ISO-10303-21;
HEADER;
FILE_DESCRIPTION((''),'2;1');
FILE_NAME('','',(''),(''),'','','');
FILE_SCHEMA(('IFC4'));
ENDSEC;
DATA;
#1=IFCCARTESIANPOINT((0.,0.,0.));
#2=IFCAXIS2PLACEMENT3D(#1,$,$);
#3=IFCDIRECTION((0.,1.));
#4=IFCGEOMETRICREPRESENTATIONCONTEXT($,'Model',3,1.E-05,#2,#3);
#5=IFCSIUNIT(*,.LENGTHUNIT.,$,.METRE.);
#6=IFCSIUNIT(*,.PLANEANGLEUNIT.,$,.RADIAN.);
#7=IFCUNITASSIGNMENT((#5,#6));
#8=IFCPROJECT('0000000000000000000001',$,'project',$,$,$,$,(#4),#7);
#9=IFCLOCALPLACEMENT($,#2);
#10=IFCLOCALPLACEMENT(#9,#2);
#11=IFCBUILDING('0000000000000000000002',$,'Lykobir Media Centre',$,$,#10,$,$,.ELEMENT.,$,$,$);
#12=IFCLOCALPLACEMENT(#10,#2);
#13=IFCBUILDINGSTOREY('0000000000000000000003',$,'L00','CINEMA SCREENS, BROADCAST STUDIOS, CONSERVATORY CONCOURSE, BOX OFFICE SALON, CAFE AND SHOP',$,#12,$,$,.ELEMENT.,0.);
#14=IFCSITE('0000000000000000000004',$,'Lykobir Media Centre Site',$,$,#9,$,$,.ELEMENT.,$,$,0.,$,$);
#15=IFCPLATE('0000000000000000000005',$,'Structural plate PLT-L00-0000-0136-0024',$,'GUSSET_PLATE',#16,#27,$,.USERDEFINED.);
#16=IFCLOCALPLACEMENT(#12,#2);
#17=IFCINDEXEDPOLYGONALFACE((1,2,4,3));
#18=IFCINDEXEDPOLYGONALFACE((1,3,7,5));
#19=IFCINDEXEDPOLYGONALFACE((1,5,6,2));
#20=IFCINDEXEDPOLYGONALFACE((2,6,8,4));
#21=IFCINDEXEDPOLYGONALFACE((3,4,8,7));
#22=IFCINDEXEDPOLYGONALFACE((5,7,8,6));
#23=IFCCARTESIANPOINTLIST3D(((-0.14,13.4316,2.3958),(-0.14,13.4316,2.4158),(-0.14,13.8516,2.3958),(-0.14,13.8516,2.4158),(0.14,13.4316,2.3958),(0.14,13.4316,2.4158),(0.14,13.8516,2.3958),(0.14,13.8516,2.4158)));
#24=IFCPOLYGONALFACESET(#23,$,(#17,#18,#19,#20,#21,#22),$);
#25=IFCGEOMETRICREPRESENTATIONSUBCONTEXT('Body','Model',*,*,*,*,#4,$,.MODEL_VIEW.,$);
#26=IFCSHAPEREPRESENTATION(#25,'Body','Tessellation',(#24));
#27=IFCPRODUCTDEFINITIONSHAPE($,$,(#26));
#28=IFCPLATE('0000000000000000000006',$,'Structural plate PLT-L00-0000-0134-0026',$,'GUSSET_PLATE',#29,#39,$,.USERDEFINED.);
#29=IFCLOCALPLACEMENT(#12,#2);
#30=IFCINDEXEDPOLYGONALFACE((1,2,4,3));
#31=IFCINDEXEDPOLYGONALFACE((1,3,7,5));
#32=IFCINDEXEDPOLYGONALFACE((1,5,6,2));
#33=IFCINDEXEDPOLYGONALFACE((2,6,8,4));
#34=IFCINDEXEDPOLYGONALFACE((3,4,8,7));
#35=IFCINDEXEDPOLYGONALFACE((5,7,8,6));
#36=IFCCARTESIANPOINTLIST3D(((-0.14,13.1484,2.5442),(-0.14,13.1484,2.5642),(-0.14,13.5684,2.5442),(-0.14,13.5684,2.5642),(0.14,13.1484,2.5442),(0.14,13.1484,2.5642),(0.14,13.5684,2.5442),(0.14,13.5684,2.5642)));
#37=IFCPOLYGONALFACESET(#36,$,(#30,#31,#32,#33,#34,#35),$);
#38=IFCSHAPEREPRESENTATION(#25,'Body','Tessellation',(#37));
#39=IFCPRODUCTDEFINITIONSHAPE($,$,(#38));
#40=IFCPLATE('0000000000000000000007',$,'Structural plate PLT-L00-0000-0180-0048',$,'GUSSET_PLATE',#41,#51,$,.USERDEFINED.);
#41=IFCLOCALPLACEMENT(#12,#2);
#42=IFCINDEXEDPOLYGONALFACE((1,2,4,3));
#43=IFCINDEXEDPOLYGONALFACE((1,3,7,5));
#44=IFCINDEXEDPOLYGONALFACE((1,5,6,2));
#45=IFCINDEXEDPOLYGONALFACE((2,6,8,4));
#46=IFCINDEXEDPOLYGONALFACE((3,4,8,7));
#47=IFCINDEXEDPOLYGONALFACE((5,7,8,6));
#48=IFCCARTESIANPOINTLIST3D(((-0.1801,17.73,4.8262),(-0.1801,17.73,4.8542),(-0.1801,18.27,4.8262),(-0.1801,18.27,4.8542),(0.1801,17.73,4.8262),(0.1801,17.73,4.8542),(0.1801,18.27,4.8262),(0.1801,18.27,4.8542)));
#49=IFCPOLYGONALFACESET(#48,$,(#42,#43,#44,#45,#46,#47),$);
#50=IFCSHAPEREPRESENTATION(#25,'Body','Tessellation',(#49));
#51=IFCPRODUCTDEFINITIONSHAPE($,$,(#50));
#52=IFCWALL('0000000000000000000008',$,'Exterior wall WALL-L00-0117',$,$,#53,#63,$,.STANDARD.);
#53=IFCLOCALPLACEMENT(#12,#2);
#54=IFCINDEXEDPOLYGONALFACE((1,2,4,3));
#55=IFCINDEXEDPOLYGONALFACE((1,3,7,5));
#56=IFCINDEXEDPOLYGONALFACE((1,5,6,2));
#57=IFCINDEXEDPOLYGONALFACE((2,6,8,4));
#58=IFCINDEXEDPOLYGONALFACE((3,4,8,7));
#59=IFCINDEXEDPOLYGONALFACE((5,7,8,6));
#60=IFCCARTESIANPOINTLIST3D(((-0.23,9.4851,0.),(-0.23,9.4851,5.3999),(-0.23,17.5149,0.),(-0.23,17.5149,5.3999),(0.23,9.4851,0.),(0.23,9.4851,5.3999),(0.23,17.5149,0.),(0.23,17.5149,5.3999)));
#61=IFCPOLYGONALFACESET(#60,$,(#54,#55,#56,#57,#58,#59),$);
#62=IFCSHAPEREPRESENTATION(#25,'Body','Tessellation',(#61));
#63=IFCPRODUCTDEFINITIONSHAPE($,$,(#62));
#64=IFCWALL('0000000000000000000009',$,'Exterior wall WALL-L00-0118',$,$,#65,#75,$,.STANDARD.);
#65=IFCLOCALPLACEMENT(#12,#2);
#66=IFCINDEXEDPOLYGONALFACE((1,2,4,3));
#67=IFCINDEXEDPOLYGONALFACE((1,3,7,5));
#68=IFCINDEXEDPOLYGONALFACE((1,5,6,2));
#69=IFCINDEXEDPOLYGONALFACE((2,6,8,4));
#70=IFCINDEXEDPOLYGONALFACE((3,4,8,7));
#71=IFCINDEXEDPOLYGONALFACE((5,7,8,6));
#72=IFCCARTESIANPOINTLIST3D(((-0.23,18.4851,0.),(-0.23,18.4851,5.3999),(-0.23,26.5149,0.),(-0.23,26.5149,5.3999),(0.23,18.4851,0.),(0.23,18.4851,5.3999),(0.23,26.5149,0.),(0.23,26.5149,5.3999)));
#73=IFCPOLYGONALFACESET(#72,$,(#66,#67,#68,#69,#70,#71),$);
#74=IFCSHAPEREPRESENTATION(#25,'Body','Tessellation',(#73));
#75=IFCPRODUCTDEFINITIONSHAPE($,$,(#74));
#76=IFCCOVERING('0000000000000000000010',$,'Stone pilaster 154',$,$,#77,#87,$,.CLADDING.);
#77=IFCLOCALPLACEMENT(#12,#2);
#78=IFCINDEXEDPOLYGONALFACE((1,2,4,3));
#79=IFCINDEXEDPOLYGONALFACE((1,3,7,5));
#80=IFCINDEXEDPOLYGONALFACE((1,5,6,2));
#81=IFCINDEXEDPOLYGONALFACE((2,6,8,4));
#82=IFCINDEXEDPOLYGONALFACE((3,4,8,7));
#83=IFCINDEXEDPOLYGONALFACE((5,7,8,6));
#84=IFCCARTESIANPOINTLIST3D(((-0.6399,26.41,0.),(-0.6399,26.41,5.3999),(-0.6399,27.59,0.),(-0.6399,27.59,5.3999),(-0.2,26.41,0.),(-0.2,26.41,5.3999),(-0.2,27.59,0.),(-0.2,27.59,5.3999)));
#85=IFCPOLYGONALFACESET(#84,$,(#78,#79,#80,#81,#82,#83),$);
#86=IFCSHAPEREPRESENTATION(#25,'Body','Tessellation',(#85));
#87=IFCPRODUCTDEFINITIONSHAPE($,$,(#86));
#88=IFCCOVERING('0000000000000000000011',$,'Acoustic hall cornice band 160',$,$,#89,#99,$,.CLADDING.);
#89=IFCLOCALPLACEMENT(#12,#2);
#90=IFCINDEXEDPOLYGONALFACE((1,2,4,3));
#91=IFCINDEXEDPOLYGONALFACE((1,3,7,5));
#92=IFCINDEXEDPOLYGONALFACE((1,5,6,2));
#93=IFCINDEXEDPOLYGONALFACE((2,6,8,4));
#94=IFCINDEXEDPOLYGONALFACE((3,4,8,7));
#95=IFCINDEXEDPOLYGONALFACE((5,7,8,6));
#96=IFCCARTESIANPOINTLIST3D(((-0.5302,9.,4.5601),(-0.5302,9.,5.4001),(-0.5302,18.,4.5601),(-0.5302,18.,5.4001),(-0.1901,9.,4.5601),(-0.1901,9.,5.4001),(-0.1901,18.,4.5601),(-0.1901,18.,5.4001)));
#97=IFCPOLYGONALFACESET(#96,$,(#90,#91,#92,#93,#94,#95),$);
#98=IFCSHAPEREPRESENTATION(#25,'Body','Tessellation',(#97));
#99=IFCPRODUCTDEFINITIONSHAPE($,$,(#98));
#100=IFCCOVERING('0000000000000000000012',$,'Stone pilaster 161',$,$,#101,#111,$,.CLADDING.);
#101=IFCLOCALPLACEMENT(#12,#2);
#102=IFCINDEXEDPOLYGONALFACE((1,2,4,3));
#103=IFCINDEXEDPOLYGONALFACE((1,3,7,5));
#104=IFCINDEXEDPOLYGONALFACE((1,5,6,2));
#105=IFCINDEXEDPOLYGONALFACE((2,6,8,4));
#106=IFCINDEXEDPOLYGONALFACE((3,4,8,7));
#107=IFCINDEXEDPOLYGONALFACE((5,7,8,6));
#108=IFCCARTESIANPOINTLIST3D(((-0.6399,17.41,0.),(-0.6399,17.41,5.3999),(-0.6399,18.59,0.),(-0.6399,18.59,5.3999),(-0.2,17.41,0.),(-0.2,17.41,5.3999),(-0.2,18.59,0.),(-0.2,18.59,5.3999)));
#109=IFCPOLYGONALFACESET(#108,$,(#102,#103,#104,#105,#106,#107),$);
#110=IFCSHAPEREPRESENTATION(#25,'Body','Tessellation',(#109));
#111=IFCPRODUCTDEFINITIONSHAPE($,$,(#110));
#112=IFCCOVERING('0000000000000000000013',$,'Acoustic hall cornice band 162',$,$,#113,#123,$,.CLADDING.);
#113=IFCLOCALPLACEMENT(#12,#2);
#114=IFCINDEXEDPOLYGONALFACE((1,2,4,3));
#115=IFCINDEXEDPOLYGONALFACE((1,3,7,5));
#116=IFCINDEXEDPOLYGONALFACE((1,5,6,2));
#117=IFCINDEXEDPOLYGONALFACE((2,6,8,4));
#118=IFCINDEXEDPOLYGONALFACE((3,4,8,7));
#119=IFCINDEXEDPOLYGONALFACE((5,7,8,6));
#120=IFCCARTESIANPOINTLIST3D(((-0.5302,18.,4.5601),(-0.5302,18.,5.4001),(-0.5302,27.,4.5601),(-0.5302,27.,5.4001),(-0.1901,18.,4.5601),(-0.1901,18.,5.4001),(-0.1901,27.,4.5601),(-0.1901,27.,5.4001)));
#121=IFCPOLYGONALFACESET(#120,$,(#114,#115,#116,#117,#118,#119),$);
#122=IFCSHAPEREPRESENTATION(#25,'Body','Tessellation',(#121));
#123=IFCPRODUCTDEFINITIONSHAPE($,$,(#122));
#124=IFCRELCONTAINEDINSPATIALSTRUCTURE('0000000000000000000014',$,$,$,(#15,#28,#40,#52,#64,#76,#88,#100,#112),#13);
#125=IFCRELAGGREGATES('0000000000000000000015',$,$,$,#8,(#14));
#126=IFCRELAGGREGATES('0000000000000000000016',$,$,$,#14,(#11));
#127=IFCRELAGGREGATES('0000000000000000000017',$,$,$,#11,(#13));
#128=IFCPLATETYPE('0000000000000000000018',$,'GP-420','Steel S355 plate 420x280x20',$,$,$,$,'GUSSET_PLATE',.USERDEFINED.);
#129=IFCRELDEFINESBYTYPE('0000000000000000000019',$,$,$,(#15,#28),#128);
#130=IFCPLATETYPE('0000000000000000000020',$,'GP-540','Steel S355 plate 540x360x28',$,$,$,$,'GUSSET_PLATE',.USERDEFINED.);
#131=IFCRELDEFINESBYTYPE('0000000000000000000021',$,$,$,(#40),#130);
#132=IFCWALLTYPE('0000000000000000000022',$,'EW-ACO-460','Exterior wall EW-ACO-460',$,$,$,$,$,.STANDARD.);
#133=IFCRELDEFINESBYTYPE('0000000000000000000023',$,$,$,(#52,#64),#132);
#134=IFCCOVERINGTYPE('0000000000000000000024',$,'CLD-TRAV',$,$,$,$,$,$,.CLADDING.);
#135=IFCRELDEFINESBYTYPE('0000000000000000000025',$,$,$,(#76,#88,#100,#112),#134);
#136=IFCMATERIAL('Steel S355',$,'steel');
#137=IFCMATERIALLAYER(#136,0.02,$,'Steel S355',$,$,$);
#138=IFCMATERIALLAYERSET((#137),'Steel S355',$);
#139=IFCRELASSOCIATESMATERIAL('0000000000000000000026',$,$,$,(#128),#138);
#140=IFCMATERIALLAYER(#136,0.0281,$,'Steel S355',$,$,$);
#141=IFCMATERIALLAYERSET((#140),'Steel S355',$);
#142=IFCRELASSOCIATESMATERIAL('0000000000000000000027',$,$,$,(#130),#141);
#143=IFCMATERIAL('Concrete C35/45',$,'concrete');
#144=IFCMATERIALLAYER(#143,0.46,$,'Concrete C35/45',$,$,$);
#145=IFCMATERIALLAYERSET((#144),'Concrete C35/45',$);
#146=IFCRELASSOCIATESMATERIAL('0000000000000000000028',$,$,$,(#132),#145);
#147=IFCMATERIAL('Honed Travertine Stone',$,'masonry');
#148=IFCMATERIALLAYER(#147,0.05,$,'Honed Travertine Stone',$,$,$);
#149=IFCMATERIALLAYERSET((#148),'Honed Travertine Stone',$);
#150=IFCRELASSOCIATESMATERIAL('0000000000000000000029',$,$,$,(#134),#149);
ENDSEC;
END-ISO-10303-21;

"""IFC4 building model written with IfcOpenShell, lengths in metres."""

from ifc_helpers import new_model, si_unit, direction, frame, frame_2d, origin, origin_2d, place, context, subcontext, project, spatial, rectangle, extrude, material, layer, layer_set, type_object, element, save


model = new_model("IFC4")

# Units and contexts
model_context = context("Model", 3, precision=1e-05, world=origin(), true_north=direction((0.0, 1.0)))
body_context = subcontext(model_context, "Body", "Model", "MODEL_VIEW")
ifc_project = project(units=[si_unit("LENGTHUNIT", "METRE"), si_unit("PLANEANGLEUNIT", "RADIAN")], contexts=[model_context])

# Site, building, storey
site_placement = place(None, origin())
site = spatial("IfcSite", under=ifc_project, at=site_placement, Name="Lykobir Media Centre Site", CompositionType="ELEMENT", RefElevation=0.0)
building_placement = place(site_placement, origin())
building = spatial("IfcBuilding", under=site, at=building_placement, Name="Lykobir Media Centre", CompositionType="ELEMENT")
storey_placement = place(building_placement, origin())
storey = spatial("IfcBuildingStorey", under=building, at=storey_placement, Name="L00", Description="CINEMA SCREENS, BROADCAST STUDIOS, CONSERVATORY CONCOURSE, BOX OFFICE SALON, CAFE AND SHOP", CompositionType="ELEMENT", Elevation=0.0)

# Shared definitions
ifc_material_1 = material(Name="Honed Travertine Stone", Category="masonry")

# Shared definitions
ifc_material_2 = material(Name="Steel S355", Category="steel")

# Plates
ifc_layer_1 = layer(ifc_material_2, 0.02, Name="Steel S355")
ifc_layer_set_1 = layer_set([ifc_layer_1], Name="Steel S355")
plate_type_1 = type_object("IfcPlateType", Name="GP-420", Description="Steel S355 plate 420x280x20", ElementType="GUSSET_PLATE", PredefinedType="USERDEFINED", material=ifc_layer_set_1)
for number, where, z_axis, x_axis, name in (
    (1, (0.0, 13.6416, 2.3958), (0.0, 0.0, 1.0), (0.0, 1.0, 0.0), "Structural plate PLT-L00-0000-0136-0024"),
    (2, (0.0, 13.3584, 2.5442), (0.0, 0.0, 1.0), (0.0, 1.0, 0.0), "Structural plate PLT-L00-0000-0134-0026"),
):
    element("IfcPlate", number, at=place(storey_placement, frame(where, z_axis=z_axis, x_axis=x_axis)), inside=storey, type_object=plate_type_1, Name=name, ObjectType="GUSSET_PLATE", PredefinedType="USERDEFINED", context=body_context, shape_type="SweptSolid", body=[
        extrude(rectangle(XDim=0.4199, YDim=0.28, at=origin_2d()), origin(), (0.0, 0.0, 1.0), 0.02),
    ])
ifc_layer_2 = layer(ifc_material_2, 0.0281, Name="Steel S355")
ifc_layer_set_2 = layer_set([ifc_layer_2], Name="Steel S355")
plate_type_2 = type_object("IfcPlateType", Name="GP-540", Description="Steel S355 plate 540x360x28", ElementType="GUSSET_PLATE", PredefinedType="USERDEFINED", material=ifc_layer_set_2)
plate_placement = place(storey_placement, frame((0.0, 18.0, 4.8262), z_axis=(0.0, 0.0, 1.0), x_axis=(0.0, 1.0, 0.0)))
element("IfcPlate", 3, at=plate_placement, inside=storey, type_object=plate_type_2, Name="Structural plate PLT-L00-0000-0180-0048", ObjectType="GUSSET_PLATE", PredefinedType="USERDEFINED", context=body_context, shape_type="SweptSolid", body=[
    extrude(rectangle(XDim=0.54, YDim=0.3601, at=origin_2d()), origin(), (0.0, 0.0, 1.0), 0.0281),
])

# Walls
ifc_material_3 = material(Name="Concrete C35/45", Category="concrete")
ifc_layer_3 = layer(ifc_material_3, 0.46, Name="Concrete C35/45")
ifc_layer_set_3 = layer_set([ifc_layer_3], Name="Concrete C35/45")
wall_type = type_object("IfcWallType", Name="EW-ACO-460", Description="Exterior wall EW-ACO-460", PredefinedType="STANDARD", material=ifc_layer_set_3)
for number, where, z_axis, x_axis, name in (
    (4, (0.0, 17.5149, 0.0), (0.0, 0.0, 1.0), (0.0, -1.0, 0.0), "Exterior wall WALL-L00-0117"),
    (5, (0.0, 26.5149, 0.0), (0.0, 0.0, 1.0), (0.0, -1.0, 0.0), "Exterior wall WALL-L00-0118"),
):
    element("IfcWall", number, at=place(storey_placement, frame(where, z_axis=z_axis, x_axis=x_axis)), inside=storey, type_object=wall_type, Name=name, PredefinedType="STANDARD", context=body_context, shape_type="SweptSolid", body=[
        extrude(rectangle(XDim=8.0298, YDim=0.46, at=frame_2d((4.0149, 0.0))), origin(), (0.0, 0.0, 1.0), 5.3999),
    ])

# Coverings
ifc_layer_4 = layer(ifc_material_1, 0.05, Name="Honed Travertine Stone")
ifc_layer_set_4 = layer_set([ifc_layer_4], Name="Honed Travertine Stone")
covering_type = type_object("IfcCoveringType", Name="CLD-TRAV", PredefinedType="CLADDING", material=ifc_layer_set_4)
covering_1_placement = place(storey_placement, frame((-0.4199, 27.0, 0.0), z_axis=(0.0, 0.0, 1.0), x_axis=(0.0, -1.0, 0.0)))
element("IfcCovering", 6, at=covering_1_placement, inside=storey, type_object=covering_type, Name="Stone pilaster 154", PredefinedType="CLADDING", context=body_context, shape_type="SweptSolid", body=[
    extrude(rectangle(XDim=1.1799, YDim=0.4399, at=origin_2d()), origin(), (0.0, 0.0, 1.0), 5.3999),
])
covering_2_placement = place(storey_placement, frame((-0.3601, 13.5, 4.5601), z_axis=(0.0, 0.0, 1.0), x_axis=(0.0, -1.0, 0.0)))
element("IfcCovering", 7, at=covering_2_placement, inside=storey, type_object=covering_type, Name="Acoustic hall cornice band 160", PredefinedType="CLADDING", context=body_context, shape_type="SweptSolid", body=[
    extrude(rectangle(XDim=9.0, YDim=0.3401, at=origin_2d()), origin(), (0.0, 0.0, 1.0), 0.8401),
])
covering_3_placement = place(storey_placement, frame((-0.4199, 18.0, 0.0), z_axis=(0.0, 0.0, 1.0), x_axis=(0.0, -1.0, 0.0)))
element("IfcCovering", 8, at=covering_3_placement, inside=storey, type_object=covering_type, Name="Stone pilaster 161", PredefinedType="CLADDING", context=body_context, shape_type="SweptSolid", body=[
    extrude(rectangle(XDim=1.1799, YDim=0.4399, at=origin_2d()), origin(), (0.0, 0.0, 1.0), 5.3999),
])
covering_4_placement = place(storey_placement, frame((-0.3601, 22.5, 4.5601), z_axis=(0.0, 0.0, 1.0), x_axis=(0.0, -1.0, 0.0)))
element("IfcCovering", 9, at=covering_4_placement, inside=storey, type_object=covering_type, Name="Acoustic hall cornice band 162", PredefinedType="CLADDING", context=body_context, shape_type="SweptSolid", body=[
    extrude(rectangle(XDim=9.0, YDim=0.3401, at=origin_2d()), origin(), (0.0, 0.0, 1.0), 0.8401),
])

save(model, "model.ifc")
